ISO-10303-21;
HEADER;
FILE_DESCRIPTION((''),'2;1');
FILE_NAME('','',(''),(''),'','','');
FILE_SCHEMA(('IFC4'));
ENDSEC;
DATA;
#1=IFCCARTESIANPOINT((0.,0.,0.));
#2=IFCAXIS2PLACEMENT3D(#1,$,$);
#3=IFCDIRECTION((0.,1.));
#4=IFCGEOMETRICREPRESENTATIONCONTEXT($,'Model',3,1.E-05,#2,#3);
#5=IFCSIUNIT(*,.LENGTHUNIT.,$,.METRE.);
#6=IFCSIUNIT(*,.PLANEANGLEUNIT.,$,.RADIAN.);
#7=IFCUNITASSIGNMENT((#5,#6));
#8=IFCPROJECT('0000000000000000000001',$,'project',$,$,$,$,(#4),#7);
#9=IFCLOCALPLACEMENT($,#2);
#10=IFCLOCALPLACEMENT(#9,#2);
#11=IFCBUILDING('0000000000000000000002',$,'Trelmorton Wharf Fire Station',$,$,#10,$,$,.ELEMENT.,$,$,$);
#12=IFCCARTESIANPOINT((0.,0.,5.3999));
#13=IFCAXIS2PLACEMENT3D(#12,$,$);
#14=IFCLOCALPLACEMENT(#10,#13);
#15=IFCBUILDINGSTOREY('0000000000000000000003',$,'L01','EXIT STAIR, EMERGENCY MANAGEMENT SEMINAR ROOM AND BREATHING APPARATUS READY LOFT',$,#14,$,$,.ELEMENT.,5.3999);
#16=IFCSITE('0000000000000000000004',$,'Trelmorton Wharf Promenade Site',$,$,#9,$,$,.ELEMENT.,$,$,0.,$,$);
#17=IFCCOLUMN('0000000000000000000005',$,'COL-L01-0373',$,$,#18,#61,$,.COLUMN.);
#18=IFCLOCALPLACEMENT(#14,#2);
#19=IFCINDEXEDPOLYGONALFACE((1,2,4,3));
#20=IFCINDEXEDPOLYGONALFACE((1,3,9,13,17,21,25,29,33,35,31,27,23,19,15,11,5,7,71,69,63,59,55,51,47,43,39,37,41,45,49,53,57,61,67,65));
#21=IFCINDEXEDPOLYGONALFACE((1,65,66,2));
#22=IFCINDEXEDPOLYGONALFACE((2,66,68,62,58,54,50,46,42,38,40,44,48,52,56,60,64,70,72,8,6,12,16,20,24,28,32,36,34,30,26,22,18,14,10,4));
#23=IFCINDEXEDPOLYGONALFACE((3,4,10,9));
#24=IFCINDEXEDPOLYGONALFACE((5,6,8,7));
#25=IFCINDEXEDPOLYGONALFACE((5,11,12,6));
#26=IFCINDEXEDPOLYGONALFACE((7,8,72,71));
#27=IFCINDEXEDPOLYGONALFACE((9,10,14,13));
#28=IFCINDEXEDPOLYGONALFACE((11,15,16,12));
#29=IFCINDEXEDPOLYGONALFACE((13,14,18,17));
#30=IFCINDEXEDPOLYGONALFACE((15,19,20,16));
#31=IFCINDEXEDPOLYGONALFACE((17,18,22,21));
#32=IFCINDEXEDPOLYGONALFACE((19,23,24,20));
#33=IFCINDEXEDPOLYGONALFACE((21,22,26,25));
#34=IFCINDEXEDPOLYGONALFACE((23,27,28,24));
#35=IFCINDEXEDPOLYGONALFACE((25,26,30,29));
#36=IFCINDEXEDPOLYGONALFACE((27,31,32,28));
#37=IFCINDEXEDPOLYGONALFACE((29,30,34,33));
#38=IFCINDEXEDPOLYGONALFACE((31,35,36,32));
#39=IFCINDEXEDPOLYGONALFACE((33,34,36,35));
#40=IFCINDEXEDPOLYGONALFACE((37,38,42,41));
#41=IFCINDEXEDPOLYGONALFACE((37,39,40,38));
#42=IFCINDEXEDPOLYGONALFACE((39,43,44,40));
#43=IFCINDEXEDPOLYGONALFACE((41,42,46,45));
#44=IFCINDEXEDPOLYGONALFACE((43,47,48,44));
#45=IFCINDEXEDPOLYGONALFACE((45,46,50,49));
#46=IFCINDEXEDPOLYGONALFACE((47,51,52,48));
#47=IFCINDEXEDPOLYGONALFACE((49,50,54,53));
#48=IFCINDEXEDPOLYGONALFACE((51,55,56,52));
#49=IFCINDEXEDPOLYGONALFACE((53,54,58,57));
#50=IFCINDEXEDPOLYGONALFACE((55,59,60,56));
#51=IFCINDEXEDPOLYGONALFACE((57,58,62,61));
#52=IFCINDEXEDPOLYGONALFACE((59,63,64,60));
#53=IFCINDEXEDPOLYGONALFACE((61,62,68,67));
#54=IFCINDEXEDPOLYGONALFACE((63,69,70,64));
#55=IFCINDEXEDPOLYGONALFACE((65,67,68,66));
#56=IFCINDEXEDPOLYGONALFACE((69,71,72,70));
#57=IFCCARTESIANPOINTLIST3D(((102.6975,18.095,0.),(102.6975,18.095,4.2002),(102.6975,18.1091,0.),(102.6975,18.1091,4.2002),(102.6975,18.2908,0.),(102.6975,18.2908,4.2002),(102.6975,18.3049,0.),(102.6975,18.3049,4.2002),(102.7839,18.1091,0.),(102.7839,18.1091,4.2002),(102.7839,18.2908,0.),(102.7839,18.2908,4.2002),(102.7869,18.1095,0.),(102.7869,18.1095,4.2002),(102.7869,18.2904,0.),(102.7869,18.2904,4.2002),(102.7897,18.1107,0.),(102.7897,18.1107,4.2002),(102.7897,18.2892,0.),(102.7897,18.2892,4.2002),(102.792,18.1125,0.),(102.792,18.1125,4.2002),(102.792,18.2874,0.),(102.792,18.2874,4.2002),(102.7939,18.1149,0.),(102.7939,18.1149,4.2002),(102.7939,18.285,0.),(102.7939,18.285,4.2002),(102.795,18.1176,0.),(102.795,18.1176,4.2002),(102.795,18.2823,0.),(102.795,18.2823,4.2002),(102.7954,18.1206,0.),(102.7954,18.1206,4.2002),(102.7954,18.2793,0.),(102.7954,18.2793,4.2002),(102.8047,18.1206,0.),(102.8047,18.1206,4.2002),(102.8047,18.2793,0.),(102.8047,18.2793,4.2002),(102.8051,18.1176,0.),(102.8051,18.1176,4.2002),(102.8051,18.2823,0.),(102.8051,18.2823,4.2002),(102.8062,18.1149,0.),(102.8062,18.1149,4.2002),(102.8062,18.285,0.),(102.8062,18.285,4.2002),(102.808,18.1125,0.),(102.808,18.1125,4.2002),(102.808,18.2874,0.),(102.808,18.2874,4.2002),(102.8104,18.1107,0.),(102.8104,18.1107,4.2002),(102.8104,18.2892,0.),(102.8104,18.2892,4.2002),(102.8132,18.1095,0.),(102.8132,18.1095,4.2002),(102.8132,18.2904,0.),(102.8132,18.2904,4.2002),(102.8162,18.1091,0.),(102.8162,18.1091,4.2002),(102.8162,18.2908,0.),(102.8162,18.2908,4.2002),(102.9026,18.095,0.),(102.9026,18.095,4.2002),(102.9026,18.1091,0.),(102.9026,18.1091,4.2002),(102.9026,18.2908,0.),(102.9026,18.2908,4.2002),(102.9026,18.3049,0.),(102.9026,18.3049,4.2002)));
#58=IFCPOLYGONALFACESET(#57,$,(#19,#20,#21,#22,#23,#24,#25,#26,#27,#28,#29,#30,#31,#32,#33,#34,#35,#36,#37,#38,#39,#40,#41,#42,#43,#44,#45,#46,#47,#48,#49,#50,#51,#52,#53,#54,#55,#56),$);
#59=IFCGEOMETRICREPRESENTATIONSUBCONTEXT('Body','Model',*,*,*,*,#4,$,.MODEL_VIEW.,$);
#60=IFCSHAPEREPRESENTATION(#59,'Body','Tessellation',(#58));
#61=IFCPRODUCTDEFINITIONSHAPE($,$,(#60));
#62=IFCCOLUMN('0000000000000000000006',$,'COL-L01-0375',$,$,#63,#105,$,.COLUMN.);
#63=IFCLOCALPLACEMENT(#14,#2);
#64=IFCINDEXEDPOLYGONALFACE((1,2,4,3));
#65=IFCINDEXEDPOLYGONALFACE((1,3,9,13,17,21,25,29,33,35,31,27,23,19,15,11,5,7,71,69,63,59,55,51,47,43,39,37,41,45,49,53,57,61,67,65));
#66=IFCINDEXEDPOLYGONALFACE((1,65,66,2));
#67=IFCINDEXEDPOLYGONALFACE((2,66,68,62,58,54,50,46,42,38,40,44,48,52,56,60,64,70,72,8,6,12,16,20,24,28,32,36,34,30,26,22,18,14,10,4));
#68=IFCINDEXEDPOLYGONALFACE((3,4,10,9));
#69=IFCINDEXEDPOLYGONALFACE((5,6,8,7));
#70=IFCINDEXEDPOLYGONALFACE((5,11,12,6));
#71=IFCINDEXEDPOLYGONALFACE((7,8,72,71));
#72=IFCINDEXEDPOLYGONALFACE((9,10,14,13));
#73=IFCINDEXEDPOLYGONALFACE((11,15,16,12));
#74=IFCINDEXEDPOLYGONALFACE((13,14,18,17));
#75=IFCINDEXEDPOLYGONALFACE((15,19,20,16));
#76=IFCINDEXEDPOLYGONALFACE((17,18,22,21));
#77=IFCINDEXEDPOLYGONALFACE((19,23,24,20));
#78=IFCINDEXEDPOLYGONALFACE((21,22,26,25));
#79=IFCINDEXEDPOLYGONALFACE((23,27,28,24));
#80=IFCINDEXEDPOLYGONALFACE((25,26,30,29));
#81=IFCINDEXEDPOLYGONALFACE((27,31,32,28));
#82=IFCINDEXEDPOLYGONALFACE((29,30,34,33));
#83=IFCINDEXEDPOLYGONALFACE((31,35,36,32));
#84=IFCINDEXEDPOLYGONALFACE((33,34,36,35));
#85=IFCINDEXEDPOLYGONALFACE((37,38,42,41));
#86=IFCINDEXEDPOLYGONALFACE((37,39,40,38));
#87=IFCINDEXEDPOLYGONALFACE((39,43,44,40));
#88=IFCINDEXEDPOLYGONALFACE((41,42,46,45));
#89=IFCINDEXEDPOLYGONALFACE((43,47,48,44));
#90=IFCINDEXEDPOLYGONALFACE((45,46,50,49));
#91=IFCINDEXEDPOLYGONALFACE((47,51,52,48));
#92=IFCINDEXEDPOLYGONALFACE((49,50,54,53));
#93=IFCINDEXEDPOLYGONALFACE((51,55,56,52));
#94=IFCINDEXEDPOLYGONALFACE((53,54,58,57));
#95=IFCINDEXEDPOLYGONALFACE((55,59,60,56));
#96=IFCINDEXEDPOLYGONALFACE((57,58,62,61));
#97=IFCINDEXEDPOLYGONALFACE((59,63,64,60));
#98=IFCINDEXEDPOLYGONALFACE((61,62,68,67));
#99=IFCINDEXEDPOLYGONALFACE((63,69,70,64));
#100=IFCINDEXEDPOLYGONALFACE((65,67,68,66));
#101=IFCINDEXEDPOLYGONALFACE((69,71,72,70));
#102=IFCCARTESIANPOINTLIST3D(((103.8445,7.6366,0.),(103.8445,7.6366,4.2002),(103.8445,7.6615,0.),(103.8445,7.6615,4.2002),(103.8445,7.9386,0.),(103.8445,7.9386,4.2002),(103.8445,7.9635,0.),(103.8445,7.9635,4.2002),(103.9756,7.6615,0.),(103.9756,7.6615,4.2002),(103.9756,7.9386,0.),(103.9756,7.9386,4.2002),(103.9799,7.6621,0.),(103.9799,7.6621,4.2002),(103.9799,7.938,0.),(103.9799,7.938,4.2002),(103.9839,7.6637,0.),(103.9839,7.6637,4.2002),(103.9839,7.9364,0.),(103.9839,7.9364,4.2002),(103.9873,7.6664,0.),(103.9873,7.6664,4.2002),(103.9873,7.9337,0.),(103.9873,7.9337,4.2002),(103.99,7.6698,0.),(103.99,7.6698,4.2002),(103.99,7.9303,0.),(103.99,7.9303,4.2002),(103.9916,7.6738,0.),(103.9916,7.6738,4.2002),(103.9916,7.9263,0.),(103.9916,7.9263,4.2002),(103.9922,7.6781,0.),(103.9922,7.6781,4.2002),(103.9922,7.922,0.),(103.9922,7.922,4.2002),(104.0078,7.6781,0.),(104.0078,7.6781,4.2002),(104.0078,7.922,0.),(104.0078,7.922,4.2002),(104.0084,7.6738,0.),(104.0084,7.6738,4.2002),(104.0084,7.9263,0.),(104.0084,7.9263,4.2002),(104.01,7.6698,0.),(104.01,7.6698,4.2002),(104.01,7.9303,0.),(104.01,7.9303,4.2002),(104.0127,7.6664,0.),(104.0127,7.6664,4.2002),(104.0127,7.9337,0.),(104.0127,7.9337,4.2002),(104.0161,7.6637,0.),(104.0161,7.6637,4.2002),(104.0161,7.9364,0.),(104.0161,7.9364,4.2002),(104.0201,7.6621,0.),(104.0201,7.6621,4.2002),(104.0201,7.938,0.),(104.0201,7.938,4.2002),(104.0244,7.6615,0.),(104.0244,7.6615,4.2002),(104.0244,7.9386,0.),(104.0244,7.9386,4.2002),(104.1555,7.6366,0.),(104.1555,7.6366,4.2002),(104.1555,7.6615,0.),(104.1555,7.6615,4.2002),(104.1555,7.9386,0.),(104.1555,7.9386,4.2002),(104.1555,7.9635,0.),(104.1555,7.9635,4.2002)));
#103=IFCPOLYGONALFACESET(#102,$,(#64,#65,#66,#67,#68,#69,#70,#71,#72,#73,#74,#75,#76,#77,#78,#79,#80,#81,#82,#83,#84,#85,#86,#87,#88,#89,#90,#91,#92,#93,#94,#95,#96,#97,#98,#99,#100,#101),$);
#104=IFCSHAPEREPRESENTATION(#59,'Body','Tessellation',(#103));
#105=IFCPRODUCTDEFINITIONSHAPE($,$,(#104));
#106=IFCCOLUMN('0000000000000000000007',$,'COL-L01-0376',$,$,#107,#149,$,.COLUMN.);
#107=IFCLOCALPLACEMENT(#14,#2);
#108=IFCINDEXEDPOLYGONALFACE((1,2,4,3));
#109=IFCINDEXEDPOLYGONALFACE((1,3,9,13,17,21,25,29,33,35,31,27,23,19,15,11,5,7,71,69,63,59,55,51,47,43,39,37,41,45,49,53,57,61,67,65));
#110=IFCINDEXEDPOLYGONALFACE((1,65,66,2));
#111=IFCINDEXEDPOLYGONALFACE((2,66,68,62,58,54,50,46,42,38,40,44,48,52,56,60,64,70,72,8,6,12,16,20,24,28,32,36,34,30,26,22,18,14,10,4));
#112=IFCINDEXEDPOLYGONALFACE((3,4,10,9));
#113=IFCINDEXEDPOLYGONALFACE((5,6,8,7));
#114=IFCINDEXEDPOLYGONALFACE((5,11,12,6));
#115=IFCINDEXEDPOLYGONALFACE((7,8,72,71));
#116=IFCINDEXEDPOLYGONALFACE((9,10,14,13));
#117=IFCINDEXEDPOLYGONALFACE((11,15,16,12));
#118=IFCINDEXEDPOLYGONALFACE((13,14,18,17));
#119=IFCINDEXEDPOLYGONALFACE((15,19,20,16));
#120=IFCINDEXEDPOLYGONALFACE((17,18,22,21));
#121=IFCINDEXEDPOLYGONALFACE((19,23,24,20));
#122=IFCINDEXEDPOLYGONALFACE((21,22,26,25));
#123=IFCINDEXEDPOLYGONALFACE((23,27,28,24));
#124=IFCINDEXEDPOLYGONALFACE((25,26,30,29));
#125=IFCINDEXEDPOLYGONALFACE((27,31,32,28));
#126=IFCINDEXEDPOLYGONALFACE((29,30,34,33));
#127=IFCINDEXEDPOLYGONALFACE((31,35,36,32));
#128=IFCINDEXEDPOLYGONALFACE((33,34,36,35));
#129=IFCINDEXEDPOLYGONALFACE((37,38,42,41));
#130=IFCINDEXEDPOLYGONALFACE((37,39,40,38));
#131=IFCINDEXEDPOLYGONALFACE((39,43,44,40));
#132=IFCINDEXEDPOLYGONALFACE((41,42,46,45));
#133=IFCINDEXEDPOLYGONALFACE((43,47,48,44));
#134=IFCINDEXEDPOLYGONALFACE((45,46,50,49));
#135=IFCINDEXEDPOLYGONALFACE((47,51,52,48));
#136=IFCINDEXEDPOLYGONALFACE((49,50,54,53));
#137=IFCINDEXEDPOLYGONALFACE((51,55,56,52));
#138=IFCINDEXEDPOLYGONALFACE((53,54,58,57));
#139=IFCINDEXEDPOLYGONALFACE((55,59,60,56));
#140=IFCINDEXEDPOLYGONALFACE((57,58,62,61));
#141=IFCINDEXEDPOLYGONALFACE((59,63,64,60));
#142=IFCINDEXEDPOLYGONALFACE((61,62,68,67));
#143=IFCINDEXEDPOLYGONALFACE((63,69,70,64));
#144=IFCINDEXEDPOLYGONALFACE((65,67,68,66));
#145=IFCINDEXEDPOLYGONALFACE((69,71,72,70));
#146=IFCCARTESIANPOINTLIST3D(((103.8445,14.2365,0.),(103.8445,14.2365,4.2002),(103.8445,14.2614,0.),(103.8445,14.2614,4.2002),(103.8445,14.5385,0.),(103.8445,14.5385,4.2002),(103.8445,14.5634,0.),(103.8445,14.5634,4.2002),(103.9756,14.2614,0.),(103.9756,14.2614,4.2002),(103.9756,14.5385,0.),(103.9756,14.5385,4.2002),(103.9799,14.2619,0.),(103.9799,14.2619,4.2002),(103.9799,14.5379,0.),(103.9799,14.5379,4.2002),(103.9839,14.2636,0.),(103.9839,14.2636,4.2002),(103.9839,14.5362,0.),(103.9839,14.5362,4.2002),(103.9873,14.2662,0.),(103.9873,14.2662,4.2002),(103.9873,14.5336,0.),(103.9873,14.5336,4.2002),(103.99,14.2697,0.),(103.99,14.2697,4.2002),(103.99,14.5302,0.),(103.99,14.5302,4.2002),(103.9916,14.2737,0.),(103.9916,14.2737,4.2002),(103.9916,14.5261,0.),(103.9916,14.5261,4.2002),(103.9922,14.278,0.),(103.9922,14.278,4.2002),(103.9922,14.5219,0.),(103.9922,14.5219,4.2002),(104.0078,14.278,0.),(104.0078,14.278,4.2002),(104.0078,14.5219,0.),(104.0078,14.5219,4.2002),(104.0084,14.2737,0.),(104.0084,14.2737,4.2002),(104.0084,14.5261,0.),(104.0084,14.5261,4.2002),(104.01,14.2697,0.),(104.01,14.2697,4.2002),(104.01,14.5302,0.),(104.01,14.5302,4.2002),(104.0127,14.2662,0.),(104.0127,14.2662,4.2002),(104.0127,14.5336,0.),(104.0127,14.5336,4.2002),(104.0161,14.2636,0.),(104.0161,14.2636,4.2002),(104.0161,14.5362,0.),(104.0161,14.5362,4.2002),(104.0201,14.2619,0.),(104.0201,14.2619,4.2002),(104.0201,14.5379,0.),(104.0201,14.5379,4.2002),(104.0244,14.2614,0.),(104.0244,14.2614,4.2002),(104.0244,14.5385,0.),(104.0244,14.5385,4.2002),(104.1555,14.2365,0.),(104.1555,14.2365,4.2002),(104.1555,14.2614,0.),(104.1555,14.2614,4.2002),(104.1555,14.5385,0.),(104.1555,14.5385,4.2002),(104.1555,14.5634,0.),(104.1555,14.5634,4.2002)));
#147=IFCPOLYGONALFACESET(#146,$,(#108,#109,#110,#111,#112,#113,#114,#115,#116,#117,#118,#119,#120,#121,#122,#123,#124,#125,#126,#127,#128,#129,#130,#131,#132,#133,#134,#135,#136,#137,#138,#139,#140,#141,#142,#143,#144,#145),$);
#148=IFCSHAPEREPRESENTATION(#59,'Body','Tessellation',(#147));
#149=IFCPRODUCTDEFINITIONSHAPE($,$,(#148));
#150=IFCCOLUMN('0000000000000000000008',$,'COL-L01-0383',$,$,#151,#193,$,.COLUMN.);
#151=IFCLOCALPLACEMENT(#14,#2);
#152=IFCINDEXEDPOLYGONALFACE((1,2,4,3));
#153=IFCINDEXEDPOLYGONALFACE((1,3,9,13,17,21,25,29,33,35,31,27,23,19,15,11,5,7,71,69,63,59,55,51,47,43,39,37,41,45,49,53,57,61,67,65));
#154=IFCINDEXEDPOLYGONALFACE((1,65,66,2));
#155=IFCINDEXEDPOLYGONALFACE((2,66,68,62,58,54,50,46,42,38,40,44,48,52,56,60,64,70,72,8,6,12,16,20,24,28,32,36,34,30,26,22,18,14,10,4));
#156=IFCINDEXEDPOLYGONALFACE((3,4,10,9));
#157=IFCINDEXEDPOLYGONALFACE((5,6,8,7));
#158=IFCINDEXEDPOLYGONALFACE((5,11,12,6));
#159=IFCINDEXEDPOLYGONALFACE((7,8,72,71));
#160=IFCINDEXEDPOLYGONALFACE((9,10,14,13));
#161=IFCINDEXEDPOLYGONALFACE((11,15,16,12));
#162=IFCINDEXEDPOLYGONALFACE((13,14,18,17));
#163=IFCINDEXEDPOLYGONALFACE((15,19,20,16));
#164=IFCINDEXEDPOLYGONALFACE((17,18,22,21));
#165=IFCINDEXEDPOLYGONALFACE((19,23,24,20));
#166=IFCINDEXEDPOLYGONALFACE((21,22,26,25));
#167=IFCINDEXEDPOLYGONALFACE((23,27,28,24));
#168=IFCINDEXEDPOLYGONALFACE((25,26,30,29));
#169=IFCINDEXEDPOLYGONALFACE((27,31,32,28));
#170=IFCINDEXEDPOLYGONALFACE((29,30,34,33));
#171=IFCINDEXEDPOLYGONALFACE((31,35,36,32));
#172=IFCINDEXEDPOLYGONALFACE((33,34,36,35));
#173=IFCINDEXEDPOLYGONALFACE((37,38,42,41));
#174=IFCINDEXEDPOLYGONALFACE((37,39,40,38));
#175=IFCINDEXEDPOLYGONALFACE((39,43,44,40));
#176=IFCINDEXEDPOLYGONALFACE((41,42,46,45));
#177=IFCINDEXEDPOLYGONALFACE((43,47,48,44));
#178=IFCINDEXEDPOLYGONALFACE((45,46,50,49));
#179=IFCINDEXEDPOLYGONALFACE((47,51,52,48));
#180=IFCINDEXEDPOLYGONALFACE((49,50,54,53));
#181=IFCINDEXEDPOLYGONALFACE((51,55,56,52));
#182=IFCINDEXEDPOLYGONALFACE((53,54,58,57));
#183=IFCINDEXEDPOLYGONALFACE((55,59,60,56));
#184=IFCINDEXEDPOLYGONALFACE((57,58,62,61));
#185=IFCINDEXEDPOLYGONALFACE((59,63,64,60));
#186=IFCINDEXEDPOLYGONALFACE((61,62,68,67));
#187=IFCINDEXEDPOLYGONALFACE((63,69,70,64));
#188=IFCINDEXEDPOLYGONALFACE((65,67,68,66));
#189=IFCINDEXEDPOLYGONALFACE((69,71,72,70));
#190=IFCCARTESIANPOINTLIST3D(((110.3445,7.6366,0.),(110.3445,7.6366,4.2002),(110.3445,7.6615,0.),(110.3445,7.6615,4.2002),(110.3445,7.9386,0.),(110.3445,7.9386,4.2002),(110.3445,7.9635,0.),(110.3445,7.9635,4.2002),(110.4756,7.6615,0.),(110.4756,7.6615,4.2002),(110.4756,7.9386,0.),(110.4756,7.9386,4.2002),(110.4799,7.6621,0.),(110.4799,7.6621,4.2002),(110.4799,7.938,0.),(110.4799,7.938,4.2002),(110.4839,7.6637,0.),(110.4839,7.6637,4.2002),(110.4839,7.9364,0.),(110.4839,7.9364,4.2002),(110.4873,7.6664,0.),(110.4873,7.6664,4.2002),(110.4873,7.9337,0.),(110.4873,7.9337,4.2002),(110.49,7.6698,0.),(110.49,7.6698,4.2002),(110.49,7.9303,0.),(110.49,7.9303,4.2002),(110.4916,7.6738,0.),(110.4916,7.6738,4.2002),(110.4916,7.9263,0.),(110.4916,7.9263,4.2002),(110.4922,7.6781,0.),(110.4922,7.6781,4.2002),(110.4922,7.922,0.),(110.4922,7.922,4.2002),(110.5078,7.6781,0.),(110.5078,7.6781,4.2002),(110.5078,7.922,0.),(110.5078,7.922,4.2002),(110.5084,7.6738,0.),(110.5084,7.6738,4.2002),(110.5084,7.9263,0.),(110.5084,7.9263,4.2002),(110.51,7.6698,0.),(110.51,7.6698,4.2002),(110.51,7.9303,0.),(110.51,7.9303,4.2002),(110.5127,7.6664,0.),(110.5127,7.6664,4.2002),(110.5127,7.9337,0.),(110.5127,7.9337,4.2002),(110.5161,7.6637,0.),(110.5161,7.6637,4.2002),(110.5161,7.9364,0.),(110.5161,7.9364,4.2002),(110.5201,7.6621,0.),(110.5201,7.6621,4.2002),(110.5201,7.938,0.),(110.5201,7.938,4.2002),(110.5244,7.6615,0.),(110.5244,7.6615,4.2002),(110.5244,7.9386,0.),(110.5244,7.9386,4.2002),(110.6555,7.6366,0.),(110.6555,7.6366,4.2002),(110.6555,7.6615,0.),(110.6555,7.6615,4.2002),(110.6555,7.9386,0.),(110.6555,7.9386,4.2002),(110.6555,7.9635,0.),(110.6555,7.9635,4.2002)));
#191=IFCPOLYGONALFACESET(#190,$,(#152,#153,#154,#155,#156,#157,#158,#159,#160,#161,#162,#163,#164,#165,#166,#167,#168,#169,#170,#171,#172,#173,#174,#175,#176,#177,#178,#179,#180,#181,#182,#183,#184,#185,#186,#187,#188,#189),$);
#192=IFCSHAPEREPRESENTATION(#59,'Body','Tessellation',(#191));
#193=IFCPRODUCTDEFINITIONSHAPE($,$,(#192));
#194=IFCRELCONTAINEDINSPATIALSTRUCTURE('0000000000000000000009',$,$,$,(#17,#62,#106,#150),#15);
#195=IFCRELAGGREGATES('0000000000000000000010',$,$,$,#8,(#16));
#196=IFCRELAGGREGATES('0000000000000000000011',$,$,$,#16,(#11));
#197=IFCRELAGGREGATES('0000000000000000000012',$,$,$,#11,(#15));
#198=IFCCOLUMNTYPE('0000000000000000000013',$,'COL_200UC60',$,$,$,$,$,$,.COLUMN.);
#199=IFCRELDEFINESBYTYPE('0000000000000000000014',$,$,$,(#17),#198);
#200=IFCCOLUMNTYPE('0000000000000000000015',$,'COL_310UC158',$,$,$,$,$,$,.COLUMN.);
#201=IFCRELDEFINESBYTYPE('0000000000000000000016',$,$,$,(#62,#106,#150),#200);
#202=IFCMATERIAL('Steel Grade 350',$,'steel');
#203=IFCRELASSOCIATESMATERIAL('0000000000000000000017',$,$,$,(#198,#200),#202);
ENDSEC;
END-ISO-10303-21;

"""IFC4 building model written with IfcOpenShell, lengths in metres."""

from ifc_helpers import new_model, si_unit, direction, frame, origin, origin_2d, place, context, subcontext, project, spatial, i_section, extrude, material, material_profile, profile_set, type_object, element, save


model = new_model("IFC4")

# Units and contexts
model_context = context("Model", 3, precision=1e-05, world=origin(), true_north=direction((0.0, 1.0)))
body_context = subcontext(model_context, "Body", "Model", "MODEL_VIEW")
ifc_project = project(units=[si_unit("LENGTHUNIT", "METRE"), si_unit("PLANEANGLEUNIT", "RADIAN")], contexts=[model_context])

# Site, building, storey
site_placement = place(None, origin())
site = spatial("IfcSite", under=ifc_project, at=site_placement, Name="Trelmorton Wharf Promenade Site", CompositionType="ELEMENT", RefElevation=0.0)
building_placement = place(site_placement, origin())
building = spatial("IfcBuilding", under=site, at=building_placement, Name="Trelmorton Wharf Fire Station", CompositionType="ELEMENT")
storey_placement = place(building_placement, frame((0.0, 0.0, 5.3999)))
storey = spatial("IfcBuildingStorey", under=building, at=storey_placement, Name="L01", Description="EXIT STAIR, EMERGENCY MANAGEMENT SEMINAR ROOM AND BREATHING APPARATUS READY LOFT", CompositionType="ELEMENT", Elevation=5.3999)

# Columns
ifc_material_1 = material(Name="Steel Grade 350", Category="steel")
ifc_material_profile_1 = material_profile(ifc_material_1, i_section(OverallWidth=0.2051, OverallDepth=0.21, WebThickness=0.0093, FlangeThickness=0.0142, FilletRadius=0.0115, at=origin_2d()), Name="200UC59.5")
ifc_profile_set_1 = profile_set([ifc_material_profile_1], Name="Steel Grade 350")
column_type_1 = type_object("IfcColumnType", Name="COL_200UC60", PredefinedType="COLUMN", material=ifc_profile_set_1)
column_placement = place(storey_placement, frame((102.8, 18.2, 0.0), z_axis=(0.0, 0.0, 1.0), x_axis=(1.0, 0.0, 0.0)))
element("IfcColumn", 1, at=column_placement, inside=storey, type_object=column_type_1, Name="COL-L01-0373", PredefinedType="COLUMN", context=body_context, shape_type="SweptSolid", body=[
    extrude(i_section(OverallWidth=0.2051, OverallDepth=0.21, WebThickness=0.0093, FlangeThickness=0.0142, FilletRadius=0.0115, at=origin_2d()), origin(), (0.0, 0.0, 1.0), 4.2002),
])
ifc_material_profile_2 = material_profile(ifc_material_1, i_section(OverallWidth=0.311, OverallDepth=0.3269, WebThickness=0.0156, FlangeThickness=0.0249, FilletRadius=0.0166, at=origin_2d()), Name="310UC158")
ifc_profile_set_2 = profile_set([ifc_material_profile_2], Name="Steel Grade 350")
column_type_2 = type_object("IfcColumnType", Name="COL_310UC158", PredefinedType="COLUMN", material=ifc_profile_set_2)
for number, where, z_axis, x_axis, name in (
    (2, (104.0, 7.8, 0.0), (0.0, 0.0, 1.0), (1.0, 0.0, 0.0), "COL-L01-0375"),
    (3, (104.0, 14.3999, 0.0), (0.0, 0.0, 1.0), (1.0, 0.0, 0.0), "COL-L01-0376"),
    (4, (110.5, 7.8, 0.0), (0.0, 0.0, 1.0), (1.0, 0.0, 0.0), "COL-L01-0383"),
):
    element("IfcColumn", number, at=place(storey_placement, frame(where, z_axis=z_axis, x_axis=x_axis)), inside=storey, type_object=column_type_2, Name=name, PredefinedType="COLUMN", context=body_context, shape_type="SweptSolid", body=[
        extrude(i_section(OverallWidth=0.311, OverallDepth=0.3269, WebThickness=0.0156, FlangeThickness=0.0249, FilletRadius=0.0166, at=origin_2d()), origin(), (0.0, 0.0, 1.0), 4.2002),
    ])

save(model, "model.ifc")
